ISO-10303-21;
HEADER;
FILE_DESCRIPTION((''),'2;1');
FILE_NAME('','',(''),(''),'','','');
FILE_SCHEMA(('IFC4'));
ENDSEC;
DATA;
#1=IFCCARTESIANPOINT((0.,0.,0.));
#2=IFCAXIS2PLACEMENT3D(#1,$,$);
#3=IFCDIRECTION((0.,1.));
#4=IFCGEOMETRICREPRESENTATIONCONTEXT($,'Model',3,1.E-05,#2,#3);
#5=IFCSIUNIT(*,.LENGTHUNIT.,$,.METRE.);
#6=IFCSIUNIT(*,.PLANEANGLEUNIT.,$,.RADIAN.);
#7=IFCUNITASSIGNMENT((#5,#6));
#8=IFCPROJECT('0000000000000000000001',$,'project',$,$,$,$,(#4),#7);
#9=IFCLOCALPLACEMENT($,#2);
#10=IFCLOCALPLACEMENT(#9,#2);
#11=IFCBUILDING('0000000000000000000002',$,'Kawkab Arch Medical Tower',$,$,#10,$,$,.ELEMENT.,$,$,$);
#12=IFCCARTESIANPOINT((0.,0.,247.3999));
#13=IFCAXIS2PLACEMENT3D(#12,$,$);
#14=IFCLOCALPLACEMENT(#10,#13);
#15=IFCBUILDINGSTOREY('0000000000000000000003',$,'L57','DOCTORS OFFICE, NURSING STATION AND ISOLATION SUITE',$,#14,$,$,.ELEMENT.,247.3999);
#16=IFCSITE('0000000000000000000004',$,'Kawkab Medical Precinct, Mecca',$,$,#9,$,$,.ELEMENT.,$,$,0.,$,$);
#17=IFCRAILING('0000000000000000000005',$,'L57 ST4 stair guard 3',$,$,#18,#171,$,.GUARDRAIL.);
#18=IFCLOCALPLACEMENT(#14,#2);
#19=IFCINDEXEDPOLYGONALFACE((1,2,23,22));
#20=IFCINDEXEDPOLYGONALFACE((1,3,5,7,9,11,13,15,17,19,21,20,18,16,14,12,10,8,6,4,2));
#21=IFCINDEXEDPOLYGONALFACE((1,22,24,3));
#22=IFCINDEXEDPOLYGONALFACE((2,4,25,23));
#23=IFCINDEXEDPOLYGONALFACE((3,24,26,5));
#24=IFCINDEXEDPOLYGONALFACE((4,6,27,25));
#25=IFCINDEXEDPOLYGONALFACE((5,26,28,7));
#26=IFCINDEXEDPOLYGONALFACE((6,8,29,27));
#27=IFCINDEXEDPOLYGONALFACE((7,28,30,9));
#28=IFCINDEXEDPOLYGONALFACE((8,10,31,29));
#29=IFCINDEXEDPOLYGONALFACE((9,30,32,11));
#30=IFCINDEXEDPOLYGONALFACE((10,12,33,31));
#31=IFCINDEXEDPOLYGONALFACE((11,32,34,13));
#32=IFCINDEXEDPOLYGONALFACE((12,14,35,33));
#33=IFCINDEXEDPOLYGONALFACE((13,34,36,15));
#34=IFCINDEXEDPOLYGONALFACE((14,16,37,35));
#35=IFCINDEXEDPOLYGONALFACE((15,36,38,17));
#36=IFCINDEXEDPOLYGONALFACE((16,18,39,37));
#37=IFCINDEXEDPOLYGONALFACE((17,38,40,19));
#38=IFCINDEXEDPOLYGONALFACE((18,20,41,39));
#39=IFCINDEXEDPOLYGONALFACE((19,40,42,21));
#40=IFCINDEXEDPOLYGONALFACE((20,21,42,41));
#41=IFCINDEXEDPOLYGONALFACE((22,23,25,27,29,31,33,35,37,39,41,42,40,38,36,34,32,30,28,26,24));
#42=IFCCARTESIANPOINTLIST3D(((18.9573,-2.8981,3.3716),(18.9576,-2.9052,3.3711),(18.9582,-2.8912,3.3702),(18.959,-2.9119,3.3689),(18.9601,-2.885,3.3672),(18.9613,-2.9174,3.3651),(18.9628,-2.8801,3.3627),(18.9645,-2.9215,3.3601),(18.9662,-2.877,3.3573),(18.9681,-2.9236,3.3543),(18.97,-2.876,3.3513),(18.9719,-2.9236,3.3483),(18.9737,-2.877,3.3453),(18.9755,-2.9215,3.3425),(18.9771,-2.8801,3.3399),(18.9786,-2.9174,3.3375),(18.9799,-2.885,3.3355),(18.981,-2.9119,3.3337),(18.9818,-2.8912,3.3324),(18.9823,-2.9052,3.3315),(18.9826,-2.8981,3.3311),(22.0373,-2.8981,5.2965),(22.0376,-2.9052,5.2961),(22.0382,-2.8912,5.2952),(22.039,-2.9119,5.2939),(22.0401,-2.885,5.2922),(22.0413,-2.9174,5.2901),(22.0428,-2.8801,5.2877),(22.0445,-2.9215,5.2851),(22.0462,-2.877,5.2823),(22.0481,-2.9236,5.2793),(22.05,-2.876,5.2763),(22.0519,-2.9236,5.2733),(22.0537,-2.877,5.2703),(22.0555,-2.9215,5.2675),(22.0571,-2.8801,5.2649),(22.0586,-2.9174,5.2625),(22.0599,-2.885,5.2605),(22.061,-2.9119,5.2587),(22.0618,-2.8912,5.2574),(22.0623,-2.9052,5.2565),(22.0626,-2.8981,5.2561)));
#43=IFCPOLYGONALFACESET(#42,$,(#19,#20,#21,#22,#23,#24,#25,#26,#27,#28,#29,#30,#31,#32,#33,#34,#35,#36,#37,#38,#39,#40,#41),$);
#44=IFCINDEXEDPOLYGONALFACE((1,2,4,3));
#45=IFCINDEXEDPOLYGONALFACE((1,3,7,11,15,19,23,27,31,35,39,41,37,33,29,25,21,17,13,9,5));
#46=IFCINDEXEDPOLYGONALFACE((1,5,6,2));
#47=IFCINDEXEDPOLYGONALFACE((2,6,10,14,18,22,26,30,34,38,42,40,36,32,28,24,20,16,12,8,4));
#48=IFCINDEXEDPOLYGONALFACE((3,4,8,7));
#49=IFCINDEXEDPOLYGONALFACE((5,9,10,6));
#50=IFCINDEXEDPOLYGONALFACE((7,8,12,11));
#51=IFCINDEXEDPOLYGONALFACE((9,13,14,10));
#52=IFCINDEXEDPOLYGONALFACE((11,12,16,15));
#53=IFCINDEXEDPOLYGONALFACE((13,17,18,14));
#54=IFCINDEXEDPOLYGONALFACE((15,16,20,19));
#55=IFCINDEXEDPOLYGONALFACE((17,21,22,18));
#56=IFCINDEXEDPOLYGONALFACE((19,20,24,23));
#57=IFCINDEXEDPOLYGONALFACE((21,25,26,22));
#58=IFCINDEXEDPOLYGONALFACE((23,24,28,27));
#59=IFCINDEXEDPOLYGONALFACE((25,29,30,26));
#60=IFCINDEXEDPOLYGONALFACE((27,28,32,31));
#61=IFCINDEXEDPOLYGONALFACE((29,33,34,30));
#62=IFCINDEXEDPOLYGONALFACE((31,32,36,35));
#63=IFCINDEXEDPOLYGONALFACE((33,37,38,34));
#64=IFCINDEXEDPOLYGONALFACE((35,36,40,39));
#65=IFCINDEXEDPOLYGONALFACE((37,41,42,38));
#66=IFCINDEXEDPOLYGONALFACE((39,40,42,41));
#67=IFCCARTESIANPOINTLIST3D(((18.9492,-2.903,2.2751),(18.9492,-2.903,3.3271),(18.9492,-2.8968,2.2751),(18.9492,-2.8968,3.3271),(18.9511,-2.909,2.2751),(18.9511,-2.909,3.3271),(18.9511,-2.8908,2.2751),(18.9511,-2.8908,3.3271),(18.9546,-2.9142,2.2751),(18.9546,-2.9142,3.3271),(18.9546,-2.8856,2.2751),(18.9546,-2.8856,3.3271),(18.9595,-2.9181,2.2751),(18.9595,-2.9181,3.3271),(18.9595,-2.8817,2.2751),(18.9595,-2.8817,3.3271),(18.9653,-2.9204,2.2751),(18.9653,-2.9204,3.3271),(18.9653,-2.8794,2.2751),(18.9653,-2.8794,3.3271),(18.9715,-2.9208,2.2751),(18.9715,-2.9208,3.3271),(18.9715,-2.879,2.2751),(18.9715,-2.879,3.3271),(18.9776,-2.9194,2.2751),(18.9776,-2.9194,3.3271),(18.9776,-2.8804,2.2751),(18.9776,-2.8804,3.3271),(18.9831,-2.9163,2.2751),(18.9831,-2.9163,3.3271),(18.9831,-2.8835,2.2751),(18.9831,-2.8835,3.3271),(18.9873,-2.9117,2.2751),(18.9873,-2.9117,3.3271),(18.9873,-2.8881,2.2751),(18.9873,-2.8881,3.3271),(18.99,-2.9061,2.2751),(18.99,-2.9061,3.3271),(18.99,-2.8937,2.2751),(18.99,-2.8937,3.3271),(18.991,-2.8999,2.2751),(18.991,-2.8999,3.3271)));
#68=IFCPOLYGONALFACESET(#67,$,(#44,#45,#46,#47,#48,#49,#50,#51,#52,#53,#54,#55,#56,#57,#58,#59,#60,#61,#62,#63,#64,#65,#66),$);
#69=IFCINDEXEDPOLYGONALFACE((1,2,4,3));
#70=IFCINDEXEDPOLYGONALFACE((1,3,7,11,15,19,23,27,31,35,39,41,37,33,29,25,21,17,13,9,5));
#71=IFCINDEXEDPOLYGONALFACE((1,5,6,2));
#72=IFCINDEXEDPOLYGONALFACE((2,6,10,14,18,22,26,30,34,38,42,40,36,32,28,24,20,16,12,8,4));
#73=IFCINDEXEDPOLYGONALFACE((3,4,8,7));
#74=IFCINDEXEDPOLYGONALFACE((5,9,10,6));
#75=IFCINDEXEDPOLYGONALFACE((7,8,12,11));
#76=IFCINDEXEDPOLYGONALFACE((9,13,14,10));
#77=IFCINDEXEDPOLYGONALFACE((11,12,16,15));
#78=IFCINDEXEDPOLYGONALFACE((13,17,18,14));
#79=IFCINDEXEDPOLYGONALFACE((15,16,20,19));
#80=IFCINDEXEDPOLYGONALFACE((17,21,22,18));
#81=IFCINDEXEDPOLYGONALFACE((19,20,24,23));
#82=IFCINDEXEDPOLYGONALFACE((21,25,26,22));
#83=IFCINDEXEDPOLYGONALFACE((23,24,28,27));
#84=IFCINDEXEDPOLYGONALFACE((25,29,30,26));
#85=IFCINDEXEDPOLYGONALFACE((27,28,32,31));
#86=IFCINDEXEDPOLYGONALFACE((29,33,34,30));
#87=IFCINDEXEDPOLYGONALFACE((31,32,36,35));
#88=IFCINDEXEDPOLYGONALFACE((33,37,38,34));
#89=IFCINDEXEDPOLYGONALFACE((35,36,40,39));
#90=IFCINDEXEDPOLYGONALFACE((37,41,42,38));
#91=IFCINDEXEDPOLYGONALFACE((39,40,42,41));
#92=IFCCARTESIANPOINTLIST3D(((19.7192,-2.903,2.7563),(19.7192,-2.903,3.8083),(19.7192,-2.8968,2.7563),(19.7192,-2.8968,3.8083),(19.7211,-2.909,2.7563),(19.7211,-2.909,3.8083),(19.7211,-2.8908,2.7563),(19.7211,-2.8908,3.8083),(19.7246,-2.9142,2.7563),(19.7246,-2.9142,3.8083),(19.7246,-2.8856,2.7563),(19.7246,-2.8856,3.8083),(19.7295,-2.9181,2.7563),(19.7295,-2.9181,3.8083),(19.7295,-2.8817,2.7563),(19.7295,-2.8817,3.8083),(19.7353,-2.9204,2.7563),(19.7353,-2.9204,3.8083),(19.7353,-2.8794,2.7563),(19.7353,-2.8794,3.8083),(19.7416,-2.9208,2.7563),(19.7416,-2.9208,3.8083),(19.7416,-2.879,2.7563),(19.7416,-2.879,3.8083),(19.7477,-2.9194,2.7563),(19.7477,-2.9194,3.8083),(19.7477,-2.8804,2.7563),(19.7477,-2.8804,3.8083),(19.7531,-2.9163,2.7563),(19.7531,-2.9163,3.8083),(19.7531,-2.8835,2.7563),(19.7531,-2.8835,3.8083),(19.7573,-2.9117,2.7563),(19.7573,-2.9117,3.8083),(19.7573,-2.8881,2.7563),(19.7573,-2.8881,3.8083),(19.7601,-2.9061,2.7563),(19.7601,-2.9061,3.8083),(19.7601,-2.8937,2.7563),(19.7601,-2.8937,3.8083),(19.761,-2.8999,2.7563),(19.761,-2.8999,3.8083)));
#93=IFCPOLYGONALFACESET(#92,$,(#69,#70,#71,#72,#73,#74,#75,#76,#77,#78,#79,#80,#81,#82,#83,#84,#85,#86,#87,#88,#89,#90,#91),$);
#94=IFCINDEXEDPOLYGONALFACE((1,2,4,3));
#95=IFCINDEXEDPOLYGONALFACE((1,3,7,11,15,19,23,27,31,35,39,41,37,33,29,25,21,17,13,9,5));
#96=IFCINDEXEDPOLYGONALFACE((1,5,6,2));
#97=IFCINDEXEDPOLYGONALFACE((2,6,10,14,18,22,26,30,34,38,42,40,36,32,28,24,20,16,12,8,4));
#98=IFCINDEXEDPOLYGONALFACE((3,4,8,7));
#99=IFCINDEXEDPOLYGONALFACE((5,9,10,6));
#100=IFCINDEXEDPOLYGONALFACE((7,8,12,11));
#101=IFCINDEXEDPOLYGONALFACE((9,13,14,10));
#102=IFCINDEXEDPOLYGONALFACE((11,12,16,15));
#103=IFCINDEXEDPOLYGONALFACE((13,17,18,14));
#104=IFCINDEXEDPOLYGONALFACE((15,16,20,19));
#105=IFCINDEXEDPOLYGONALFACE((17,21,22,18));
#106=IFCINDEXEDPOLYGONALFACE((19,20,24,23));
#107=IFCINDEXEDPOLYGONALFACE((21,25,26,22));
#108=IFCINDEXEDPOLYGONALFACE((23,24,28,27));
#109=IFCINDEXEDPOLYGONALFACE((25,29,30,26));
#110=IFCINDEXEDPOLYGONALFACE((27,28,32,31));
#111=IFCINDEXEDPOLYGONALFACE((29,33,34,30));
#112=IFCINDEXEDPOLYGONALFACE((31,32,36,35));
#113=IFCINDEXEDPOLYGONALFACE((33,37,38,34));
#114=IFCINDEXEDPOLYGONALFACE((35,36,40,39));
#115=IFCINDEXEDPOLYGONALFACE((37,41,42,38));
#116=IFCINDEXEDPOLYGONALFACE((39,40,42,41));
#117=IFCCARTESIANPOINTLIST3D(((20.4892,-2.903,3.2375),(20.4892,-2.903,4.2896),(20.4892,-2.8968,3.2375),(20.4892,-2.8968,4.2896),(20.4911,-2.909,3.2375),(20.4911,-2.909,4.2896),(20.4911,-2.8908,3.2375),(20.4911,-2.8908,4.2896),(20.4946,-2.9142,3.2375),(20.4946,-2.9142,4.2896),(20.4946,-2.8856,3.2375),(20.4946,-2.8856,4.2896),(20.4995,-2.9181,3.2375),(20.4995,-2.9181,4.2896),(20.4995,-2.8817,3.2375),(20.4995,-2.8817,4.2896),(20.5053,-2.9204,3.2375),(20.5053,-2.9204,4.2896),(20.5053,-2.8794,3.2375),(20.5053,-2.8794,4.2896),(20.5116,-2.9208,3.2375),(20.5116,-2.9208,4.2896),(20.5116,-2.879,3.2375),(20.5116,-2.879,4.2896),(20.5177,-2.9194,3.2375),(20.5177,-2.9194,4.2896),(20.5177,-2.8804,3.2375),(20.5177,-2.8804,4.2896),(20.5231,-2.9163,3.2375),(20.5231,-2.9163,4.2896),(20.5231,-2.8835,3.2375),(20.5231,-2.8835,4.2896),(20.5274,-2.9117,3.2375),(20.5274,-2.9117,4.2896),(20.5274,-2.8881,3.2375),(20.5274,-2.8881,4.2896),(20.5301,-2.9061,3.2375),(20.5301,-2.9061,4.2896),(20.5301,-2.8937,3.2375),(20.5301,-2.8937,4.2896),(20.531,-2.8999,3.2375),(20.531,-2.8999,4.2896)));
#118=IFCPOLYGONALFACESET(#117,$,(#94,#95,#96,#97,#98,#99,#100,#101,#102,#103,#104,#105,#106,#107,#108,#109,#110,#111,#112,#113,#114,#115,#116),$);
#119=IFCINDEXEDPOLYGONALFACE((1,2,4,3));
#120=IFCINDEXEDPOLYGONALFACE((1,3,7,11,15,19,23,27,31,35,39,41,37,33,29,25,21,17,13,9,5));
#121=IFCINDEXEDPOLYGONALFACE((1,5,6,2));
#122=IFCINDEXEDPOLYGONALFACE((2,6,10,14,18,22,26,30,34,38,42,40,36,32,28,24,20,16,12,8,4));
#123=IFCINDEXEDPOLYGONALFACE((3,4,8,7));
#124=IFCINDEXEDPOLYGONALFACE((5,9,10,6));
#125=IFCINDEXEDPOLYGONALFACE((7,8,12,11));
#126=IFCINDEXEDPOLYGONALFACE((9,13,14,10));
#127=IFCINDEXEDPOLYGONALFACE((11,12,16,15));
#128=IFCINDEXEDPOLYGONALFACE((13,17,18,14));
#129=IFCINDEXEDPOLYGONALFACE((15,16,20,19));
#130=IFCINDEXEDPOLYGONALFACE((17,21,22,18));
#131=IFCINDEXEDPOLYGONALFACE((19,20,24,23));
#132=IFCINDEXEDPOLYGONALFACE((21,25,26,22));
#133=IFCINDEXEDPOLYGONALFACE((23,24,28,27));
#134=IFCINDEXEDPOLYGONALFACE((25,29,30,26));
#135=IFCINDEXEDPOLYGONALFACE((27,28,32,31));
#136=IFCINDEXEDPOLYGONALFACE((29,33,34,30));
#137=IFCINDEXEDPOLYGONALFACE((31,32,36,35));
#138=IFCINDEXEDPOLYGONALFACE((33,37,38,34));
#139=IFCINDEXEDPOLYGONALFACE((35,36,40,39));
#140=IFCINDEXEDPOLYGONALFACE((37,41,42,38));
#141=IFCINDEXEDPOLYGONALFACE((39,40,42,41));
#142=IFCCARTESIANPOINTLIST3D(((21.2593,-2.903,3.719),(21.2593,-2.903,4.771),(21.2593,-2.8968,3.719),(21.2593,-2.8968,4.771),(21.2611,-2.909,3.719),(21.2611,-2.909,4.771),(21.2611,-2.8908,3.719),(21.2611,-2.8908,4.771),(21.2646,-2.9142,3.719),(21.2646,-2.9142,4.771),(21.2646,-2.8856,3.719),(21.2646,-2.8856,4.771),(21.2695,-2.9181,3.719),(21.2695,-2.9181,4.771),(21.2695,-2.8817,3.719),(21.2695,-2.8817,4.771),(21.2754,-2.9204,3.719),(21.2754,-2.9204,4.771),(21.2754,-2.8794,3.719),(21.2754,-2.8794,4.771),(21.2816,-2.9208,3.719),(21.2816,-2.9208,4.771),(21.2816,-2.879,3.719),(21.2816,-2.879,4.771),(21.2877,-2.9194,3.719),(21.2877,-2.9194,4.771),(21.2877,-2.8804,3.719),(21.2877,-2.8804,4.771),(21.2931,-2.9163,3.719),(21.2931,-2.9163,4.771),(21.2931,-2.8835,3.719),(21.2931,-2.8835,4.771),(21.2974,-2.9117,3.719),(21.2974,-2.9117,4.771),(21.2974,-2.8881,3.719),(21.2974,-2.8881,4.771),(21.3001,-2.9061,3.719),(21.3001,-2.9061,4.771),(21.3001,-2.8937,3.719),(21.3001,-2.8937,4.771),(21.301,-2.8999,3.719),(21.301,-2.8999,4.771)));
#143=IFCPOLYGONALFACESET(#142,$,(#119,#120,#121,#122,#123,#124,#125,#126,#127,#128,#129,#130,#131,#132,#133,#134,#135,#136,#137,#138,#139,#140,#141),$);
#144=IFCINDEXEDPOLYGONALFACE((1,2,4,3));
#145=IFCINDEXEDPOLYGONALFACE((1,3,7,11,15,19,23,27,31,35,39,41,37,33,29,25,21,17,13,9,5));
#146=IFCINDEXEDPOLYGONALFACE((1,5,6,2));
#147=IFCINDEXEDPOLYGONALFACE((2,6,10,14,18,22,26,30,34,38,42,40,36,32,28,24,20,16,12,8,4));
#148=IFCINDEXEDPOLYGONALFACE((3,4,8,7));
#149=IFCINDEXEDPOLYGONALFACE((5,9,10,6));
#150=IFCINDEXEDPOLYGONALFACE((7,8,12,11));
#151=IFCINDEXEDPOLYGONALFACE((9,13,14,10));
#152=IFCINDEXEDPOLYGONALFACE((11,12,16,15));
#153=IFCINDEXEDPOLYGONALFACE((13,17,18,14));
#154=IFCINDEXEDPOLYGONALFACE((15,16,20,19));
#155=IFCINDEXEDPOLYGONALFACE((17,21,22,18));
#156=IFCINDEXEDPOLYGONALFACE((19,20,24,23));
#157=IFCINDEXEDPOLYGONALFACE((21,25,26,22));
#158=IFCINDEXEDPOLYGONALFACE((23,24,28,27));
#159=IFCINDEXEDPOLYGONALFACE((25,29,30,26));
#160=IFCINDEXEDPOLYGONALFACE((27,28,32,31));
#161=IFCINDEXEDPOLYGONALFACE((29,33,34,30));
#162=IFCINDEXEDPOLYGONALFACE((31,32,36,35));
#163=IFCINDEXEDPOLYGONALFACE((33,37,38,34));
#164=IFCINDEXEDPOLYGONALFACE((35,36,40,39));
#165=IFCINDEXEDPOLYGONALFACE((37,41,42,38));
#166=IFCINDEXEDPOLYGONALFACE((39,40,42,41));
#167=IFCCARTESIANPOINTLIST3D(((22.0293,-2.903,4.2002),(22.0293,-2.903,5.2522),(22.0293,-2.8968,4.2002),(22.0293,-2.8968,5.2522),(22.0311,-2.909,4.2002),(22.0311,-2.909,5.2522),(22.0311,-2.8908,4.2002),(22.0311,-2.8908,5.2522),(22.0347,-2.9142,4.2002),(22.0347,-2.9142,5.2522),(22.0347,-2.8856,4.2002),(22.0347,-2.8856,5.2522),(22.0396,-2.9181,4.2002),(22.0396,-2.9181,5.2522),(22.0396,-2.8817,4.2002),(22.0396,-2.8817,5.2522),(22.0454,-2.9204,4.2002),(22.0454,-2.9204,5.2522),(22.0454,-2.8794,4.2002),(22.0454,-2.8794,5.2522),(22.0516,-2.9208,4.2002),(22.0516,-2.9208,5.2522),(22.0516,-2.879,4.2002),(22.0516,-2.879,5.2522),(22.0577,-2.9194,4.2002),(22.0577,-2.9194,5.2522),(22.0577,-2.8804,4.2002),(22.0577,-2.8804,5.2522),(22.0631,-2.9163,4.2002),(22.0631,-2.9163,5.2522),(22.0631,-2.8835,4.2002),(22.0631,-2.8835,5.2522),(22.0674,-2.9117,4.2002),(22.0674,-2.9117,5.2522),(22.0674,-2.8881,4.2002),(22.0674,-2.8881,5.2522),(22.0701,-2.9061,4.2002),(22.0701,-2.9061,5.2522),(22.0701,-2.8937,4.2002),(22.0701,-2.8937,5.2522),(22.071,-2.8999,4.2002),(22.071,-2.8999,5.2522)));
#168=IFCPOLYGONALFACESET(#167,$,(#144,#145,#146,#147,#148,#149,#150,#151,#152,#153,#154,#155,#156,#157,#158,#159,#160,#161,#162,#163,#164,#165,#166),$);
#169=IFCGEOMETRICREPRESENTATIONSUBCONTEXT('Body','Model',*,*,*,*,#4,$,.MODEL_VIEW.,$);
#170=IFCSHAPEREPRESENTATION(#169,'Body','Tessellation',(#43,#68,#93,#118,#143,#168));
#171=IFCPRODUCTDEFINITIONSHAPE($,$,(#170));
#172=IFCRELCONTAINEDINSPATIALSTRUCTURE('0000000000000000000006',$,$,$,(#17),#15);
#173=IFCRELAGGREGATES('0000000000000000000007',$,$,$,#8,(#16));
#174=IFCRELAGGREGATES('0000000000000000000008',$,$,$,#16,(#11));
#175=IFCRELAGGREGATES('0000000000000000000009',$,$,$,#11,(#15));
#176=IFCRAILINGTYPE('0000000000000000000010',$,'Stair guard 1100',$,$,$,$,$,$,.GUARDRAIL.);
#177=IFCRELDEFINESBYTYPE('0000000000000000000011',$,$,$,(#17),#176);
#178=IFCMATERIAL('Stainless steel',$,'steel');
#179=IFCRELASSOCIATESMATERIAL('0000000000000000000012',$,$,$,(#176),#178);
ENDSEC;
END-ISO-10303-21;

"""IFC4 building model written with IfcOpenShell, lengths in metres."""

from ifc_helpers import new_model, si_unit, direction, frame, origin, origin_2d, place, context, subcontext, project, spatial, circle, extrude, material, type_object, element, save


model = new_model("IFC4")

# Units and contexts
model_context = context("Model", 3, precision=1e-05, world=origin(), true_north=direction((0.0, 1.0)))
body_context = subcontext(model_context, "Body", "Model", "MODEL_VIEW")
ifc_project = project(units=[si_unit("LENGTHUNIT", "METRE"), si_unit("PLANEANGLEUNIT", "RADIAN")], contexts=[model_context])

# Site, building, storey
site_placement = place(None, origin())
site = spatial("IfcSite", under=ifc_project, at=site_placement, Name="Kawkab Medical Precinct, Mecca", CompositionType="ELEMENT", RefElevation=0.0)
building_placement = place(site_placement, origin())
building = spatial("IfcBuilding", under=site, at=building_placement, Name="Kawkab Arch Medical Tower", CompositionType="ELEMENT")
storey_placement = place(building_placement, frame((0.0, 0.0, 247.3999)))
storey = spatial("IfcBuildingStorey", under=building, at=storey_placement, Name="L57", Description="DOCTORS OFFICE, NURSING STATION AND ISOLATION SUITE", CompositionType="ELEMENT", Elevation=247.3999)

# Railing
ifc_material_1 = material(Name="Stainless steel", Category="steel")
railing_type_1 = type_object("IfcRailingType", Name="Stair guard 1100", PredefinedType="GUARDRAIL", material=ifc_material_1)
railing_1_placement = place(storey_placement, frame((18.97, -2.8999, 2.2751)))
element("IfcRailing", 1, at=railing_1_placement, inside=storey, type_object=railing_type_1, Name="L57 ST4 stair guard 3", PredefinedType="GUARDRAIL", context=body_context, shape_type="SweptSolid", body=[
    extrude(circle(Radius=0.0239, at=origin_2d()), frame((0.0, 0.0, 1.0762), z_axis=(0.847998, 0.0, 0.529999), x_axis=(0.0, 1.0, 0.0)), (0.0, 0.0, 1.0), 3.6321),
    extrude(circle(Radius=0.021, at=origin_2d()), origin(), (0.0, 0.0, 1.0), 1.052),
    extrude(circle(Radius=0.021, at=origin_2d()), frame((0.77, 0.0, 0.4812)), (0.0, 0.0, 1.0), 1.052),
    extrude(circle(Radius=0.021, at=origin_2d()), frame((1.54, 0.0, 0.9624)), (0.0, 0.0, 1.0), 1.052),
    extrude(circle(Radius=0.021, at=origin_2d()), frame((2.3101, 0.0, 1.4438)), (0.0, 0.0, 1.0), 1.052),
    extrude(circle(Radius=0.021, at=origin_2d()), frame((3.0801, 0.0, 1.925)), (0.0, 0.0, 1.0), 1.052),
])

save(model, "model.ifc")
